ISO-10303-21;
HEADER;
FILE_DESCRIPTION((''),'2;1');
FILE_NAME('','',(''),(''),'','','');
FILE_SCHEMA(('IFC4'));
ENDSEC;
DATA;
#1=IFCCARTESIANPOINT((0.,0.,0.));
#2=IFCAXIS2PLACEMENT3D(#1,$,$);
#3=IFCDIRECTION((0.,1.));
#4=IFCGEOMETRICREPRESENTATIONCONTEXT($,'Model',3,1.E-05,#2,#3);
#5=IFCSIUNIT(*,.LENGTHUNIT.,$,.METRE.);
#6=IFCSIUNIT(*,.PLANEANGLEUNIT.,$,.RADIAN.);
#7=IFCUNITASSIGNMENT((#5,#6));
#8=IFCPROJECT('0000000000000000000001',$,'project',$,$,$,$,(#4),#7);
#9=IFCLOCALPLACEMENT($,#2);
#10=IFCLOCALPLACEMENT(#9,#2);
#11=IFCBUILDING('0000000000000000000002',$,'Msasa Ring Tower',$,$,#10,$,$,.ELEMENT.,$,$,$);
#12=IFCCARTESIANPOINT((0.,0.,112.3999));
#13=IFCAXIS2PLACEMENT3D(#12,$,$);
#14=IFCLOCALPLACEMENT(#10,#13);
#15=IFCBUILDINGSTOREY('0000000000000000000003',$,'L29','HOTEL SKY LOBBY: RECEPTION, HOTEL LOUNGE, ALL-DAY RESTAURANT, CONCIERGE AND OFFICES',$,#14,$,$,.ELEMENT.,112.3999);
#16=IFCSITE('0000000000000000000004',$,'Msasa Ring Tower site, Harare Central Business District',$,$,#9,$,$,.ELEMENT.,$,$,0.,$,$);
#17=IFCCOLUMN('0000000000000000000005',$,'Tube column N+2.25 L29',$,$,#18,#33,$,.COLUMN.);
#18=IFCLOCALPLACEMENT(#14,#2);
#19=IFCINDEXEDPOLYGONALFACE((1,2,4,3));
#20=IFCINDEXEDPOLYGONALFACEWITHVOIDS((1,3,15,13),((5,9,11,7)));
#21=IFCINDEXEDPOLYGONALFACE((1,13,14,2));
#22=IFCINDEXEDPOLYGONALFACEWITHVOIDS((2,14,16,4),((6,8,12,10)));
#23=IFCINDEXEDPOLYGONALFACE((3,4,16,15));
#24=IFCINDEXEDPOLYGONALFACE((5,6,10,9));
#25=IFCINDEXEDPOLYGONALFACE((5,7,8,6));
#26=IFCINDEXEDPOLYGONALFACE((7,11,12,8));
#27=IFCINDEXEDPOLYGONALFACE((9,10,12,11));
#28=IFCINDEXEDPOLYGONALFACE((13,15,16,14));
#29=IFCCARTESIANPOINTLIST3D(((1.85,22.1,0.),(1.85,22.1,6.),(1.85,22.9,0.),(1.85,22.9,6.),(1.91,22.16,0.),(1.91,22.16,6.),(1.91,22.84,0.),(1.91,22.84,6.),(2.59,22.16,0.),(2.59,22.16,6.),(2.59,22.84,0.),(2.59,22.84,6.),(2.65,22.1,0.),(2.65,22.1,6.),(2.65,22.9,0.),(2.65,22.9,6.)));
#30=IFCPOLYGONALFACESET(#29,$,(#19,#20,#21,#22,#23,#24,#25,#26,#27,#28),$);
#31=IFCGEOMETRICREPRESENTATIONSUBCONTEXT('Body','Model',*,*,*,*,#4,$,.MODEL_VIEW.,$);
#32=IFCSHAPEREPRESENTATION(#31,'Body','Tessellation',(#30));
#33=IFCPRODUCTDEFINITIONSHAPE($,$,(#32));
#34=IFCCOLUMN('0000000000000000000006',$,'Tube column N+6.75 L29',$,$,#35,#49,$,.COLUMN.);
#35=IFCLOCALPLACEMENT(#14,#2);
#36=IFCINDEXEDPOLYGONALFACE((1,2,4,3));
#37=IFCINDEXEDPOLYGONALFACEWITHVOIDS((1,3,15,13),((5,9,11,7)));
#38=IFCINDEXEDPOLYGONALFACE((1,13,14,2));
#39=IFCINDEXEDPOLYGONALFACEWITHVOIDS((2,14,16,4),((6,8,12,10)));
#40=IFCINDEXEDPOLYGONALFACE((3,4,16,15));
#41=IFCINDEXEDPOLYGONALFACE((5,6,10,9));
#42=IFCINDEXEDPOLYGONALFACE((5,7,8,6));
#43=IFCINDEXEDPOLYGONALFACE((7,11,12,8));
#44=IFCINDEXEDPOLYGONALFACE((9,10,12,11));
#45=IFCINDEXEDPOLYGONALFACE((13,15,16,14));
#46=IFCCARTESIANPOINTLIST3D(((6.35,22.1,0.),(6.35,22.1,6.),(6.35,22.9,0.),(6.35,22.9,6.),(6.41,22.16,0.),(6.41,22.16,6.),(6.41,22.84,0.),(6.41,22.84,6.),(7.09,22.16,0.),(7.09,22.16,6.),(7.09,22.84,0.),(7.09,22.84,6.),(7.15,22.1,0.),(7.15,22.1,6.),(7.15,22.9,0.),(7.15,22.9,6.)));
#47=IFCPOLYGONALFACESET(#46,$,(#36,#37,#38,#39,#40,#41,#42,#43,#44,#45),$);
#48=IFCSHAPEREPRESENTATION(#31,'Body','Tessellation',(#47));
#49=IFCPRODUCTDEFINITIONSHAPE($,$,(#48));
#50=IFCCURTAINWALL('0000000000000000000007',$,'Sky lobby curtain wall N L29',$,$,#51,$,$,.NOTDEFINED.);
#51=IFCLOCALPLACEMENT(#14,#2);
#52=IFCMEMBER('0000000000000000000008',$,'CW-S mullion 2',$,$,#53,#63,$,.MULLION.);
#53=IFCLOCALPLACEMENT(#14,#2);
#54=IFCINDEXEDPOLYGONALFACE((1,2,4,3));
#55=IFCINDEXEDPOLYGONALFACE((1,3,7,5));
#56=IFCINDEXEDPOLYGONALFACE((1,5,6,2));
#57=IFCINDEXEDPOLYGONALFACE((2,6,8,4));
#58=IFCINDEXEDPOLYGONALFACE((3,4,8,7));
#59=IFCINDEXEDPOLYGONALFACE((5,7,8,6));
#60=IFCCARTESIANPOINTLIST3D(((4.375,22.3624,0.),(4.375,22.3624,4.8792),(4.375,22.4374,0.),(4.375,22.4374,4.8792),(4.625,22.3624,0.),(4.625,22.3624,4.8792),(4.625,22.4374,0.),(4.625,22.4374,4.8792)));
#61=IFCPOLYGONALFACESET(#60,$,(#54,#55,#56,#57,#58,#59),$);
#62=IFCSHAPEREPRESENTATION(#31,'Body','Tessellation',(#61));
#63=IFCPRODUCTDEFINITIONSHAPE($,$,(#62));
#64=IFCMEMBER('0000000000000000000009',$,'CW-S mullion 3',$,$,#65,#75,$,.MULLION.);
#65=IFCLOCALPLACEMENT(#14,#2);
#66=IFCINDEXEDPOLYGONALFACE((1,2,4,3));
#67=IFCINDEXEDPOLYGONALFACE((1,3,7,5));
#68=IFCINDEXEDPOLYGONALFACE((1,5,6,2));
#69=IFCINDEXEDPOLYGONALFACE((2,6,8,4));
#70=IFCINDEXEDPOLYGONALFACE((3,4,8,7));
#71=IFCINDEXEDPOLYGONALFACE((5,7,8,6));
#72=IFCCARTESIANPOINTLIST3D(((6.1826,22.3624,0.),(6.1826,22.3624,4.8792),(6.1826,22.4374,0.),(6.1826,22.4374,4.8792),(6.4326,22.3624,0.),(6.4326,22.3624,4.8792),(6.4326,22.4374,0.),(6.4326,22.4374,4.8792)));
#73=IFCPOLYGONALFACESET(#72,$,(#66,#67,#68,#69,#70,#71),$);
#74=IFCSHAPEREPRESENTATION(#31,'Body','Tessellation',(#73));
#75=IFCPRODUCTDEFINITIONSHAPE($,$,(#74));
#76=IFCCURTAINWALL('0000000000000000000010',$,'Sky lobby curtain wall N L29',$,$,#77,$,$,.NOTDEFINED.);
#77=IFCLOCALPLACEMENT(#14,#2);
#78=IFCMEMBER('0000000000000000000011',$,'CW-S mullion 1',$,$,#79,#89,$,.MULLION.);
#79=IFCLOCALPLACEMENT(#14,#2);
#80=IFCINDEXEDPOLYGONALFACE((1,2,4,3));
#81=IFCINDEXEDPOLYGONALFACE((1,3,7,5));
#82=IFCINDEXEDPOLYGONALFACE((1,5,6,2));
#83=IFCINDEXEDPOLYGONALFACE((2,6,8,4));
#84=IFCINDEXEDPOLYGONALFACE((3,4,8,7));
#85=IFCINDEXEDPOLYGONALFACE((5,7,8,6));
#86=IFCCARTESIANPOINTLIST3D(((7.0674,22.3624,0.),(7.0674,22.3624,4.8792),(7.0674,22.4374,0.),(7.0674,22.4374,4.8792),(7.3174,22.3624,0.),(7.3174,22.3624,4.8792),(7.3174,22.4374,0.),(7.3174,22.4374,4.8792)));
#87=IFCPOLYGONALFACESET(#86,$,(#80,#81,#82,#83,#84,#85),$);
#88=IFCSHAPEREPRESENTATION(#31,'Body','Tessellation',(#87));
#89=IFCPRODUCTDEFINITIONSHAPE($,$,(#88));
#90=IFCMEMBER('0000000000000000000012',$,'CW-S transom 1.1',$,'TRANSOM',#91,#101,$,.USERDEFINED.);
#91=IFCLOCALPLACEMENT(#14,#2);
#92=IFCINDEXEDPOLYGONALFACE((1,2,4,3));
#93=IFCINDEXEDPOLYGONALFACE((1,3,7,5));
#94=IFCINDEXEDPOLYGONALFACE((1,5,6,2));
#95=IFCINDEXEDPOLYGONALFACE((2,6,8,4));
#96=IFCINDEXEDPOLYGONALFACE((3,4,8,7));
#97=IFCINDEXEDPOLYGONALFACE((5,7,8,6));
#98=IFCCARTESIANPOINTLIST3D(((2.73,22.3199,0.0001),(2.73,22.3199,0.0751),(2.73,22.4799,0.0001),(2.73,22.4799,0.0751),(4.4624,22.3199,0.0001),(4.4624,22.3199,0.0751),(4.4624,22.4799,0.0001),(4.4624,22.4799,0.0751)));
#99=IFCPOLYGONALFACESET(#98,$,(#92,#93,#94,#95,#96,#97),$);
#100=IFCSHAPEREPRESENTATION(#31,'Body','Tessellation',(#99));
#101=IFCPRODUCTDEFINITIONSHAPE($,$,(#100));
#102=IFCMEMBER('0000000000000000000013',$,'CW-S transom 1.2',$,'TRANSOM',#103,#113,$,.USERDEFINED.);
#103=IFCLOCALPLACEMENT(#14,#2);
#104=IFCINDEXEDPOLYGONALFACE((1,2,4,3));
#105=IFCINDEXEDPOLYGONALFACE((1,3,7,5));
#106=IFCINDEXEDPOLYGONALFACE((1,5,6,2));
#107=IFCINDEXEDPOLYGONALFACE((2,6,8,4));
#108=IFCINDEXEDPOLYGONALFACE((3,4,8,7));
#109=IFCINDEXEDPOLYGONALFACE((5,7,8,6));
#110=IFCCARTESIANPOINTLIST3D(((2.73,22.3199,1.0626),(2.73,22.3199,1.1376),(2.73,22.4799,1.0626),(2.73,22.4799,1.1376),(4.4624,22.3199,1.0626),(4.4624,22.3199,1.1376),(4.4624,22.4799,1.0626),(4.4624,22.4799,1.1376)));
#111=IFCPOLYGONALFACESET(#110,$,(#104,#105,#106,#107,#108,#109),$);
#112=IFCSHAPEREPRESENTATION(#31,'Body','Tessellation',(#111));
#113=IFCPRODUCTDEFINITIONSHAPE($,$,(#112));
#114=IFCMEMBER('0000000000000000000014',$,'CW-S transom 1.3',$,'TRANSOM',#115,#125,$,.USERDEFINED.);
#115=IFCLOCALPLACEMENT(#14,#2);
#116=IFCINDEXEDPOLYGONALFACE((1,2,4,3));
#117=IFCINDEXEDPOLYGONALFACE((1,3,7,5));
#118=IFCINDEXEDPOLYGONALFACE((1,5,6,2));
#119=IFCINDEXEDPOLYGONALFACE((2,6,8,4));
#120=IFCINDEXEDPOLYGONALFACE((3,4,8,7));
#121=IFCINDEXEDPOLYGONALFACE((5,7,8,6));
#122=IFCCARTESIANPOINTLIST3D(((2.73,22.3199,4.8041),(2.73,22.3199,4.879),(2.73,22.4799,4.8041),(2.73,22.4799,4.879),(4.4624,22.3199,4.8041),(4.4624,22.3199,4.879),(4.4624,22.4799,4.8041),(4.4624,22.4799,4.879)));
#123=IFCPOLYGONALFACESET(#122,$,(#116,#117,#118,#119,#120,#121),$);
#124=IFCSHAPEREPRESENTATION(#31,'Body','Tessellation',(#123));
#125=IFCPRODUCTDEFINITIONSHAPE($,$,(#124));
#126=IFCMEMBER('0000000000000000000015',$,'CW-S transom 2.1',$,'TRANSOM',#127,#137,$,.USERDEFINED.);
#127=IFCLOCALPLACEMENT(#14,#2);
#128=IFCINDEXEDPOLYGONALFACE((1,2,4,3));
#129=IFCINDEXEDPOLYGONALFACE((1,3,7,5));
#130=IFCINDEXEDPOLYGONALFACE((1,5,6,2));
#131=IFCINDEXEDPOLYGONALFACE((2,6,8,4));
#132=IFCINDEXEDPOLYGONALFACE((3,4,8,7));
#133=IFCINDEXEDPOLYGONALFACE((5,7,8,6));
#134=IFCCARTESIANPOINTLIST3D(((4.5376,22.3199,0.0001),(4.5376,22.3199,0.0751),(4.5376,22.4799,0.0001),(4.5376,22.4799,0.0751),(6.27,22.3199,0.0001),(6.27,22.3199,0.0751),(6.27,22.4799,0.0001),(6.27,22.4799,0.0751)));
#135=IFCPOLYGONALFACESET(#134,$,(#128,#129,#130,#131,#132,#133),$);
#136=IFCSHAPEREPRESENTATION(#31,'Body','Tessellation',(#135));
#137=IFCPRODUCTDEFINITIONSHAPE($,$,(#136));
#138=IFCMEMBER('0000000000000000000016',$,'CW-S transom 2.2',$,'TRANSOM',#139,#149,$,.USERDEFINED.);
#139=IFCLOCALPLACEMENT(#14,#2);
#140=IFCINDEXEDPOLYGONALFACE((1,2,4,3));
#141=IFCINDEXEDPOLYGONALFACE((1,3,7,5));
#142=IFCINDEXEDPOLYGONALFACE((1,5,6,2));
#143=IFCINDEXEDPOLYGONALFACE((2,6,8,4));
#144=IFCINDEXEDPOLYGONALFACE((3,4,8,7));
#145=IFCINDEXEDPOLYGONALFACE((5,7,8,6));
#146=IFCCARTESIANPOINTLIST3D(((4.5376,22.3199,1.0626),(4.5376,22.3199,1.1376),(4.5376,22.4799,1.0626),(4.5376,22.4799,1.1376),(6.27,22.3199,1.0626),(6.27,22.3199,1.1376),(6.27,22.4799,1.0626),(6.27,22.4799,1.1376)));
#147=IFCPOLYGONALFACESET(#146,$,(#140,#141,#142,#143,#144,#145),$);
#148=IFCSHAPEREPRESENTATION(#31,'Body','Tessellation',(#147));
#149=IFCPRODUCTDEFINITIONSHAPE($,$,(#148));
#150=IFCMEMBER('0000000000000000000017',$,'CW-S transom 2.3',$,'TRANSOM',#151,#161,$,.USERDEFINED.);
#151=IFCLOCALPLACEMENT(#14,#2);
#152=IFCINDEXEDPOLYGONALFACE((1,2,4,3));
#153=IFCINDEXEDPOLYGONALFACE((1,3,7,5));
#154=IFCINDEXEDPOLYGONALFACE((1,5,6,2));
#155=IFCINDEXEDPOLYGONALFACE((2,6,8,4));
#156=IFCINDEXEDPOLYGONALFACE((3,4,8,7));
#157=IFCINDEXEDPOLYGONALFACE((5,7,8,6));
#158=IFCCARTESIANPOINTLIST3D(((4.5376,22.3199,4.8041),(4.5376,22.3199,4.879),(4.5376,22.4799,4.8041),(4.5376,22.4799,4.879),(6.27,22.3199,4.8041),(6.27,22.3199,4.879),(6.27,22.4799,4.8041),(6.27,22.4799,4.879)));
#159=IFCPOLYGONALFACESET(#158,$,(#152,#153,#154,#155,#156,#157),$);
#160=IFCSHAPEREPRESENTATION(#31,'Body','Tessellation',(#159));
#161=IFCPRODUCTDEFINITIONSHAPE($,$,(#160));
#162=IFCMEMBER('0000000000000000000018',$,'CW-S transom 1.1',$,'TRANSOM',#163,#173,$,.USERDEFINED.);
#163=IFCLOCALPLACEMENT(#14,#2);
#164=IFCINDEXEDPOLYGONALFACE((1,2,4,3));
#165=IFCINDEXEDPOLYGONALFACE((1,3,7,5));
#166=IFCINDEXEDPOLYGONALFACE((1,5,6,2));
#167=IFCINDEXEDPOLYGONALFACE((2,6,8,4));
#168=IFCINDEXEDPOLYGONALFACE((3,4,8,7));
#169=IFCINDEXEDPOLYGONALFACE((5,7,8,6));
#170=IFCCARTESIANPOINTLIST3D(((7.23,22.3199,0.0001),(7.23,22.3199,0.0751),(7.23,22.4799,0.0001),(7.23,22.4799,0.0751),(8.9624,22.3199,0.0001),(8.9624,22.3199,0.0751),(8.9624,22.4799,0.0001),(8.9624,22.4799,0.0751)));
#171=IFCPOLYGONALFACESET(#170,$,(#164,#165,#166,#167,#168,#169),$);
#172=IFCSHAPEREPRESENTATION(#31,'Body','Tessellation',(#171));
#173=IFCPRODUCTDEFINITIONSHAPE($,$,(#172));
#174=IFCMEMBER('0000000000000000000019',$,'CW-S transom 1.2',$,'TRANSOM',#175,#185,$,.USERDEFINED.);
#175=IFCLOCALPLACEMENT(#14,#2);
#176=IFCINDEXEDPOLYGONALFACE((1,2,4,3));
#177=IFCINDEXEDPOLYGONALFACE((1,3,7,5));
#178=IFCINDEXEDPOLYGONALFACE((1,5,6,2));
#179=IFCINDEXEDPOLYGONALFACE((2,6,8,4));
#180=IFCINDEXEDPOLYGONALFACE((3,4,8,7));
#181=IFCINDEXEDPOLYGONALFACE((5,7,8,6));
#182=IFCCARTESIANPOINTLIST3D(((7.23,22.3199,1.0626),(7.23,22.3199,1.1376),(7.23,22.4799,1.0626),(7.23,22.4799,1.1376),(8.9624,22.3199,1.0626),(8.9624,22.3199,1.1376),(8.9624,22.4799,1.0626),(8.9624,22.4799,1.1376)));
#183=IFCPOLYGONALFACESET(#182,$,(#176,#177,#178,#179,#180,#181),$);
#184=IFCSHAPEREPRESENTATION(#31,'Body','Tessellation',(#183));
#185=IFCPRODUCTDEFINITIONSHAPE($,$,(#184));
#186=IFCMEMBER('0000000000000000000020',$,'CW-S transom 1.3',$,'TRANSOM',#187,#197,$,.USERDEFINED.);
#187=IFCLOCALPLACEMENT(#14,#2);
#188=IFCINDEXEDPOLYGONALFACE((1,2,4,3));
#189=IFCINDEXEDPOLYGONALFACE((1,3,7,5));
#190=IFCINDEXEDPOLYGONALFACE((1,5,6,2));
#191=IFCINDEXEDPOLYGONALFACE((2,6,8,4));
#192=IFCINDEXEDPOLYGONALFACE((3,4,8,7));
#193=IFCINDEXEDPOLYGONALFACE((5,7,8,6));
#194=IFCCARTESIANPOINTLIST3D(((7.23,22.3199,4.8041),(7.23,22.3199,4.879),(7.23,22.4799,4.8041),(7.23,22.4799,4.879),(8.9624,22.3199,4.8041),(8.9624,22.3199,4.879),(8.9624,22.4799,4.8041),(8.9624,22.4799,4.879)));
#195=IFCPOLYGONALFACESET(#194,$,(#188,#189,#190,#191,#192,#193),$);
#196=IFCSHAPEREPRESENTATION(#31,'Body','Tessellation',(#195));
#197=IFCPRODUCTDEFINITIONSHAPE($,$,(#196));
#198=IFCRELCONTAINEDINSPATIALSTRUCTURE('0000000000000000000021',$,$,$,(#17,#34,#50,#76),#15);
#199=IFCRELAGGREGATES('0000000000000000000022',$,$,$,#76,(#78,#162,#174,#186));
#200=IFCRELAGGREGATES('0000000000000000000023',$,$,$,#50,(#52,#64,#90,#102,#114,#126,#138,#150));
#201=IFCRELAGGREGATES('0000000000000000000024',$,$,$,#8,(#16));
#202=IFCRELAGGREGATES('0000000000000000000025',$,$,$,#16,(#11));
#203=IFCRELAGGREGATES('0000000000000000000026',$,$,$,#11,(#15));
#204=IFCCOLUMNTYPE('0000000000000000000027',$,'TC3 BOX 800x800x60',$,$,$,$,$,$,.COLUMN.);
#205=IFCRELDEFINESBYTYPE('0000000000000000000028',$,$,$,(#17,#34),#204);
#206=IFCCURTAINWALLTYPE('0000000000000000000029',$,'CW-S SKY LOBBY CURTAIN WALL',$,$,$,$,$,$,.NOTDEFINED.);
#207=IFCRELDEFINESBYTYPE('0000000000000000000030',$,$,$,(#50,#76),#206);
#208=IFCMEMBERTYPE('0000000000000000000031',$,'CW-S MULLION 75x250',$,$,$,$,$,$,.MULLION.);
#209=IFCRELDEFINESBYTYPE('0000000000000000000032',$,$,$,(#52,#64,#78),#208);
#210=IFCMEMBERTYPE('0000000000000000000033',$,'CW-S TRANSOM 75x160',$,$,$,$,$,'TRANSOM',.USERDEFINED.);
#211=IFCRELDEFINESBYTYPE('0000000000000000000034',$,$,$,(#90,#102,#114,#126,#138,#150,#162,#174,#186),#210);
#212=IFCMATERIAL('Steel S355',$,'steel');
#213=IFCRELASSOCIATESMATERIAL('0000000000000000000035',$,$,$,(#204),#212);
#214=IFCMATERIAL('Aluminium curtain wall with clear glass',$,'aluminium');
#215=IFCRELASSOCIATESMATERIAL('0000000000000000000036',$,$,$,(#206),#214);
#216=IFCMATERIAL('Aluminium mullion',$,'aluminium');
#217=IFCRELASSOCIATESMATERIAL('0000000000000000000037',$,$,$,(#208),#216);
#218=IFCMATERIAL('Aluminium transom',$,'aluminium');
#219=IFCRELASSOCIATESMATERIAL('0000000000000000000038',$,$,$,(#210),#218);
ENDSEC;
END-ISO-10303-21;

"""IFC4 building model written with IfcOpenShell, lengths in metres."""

from ifc_helpers import new_model, si_unit, direction, frame, origin, origin_2d, place, context, subcontext, project, spatial, rectangle, hollow_rectangle, extrude, material, material_profile, profile_set, type_object, element, aggregate, save


model = new_model("IFC4")

# Units and contexts
model_context = context("Model", 3, precision=1e-05, world=origin(), true_north=direction((0.0, 1.0)))
body_context = subcontext(model_context, "Body", "Model", "MODEL_VIEW")
ifc_project = project(units=[si_unit("LENGTHUNIT", "METRE"), si_unit("PLANEANGLEUNIT", "RADIAN")], contexts=[model_context])

# Site, building, storey
site_placement = place(None, origin())
site = spatial("IfcSite", under=ifc_project, at=site_placement, Name="Msasa Ring Tower site, Harare Central Business District", CompositionType="ELEMENT", RefElevation=0.0)
building_placement = place(site_placement, origin())
building = spatial("IfcBuilding", under=site, at=building_placement, Name="Msasa Ring Tower", CompositionType="ELEMENT")
storey_placement = place(building_placement, frame((0.0, 0.0, 112.3999)))
storey = spatial("IfcBuildingStorey", under=building, at=storey_placement, Name="L29", Description="HOTEL SKY LOBBY: RECEPTION, HOTEL LOUNGE, ALL-DAY RESTAURANT, CONCIERGE AND OFFICES", CompositionType="ELEMENT", Elevation=112.3999)

# Columns
ifc_material_1 = material(Name="Steel S355", Category="steel")
ifc_material_profile_1 = material_profile(ifc_material_1, hollow_rectangle(XDim=0.8, YDim=0.8, WallThickness=0.0601, at=origin_2d()), Name="BOX 800x800x60")
ifc_profile_set_1 = profile_set([ifc_material_profile_1], Name="Steel S355")
column_type = type_object("IfcColumnType", Name="TC3 BOX 800x800x60", PredefinedType="COLUMN", material=ifc_profile_set_1)
for number, where, z_axis, x_axis, name in (
    (1, (2.25, 22.5, 0.0), (0.0, 0.0, 1.0), (0.0, 1.0, 0.0), "Tube column N+2.25 L29"),
    (2, (6.75, 22.5, 0.0), (0.0, 0.0, 1.0), (0.0, 1.0, 0.0), "Tube column N+6.75 L29"),
):
    element("IfcColumn", number, at=place(storey_placement, frame(where, z_axis=z_axis, x_axis=x_axis)), inside=storey, type_object=column_type, Name=name, PredefinedType="COLUMN", context=body_context, shape_type="SweptSolid", body=[
        extrude(hollow_rectangle(XDim=0.8, YDim=0.8, WallThickness=0.0601, at=origin_2d()), origin(), (0.0, 0.0, 1.0), 6.0),
    ])

# Curtain wall, members
ifc_material_2 = material(Name="Aluminium curtain wall with clear glass", Category="aluminium")
curtain_wall_type = type_object("IfcCurtainWallType", Name="CW-S SKY LOBBY CURTAIN WALL", PredefinedType="NOTDEFINED", material=ifc_material_2)
curtain_wall_1_placement = place(storey_placement, origin())
curtain_wall_1 = element("IfcCurtainWall", 3, at=curtain_wall_1_placement, inside=storey, type_object=curtain_wall_type, Name="Sky lobby curtain wall N L29", PredefinedType="NOTDEFINED")
ifc_material_3 = material(Name="Aluminium mullion", Category="aluminium")
ifc_material_profile_2 = material_profile(ifc_material_3, rectangle(XDim=0.075, YDim=0.25, at=origin_2d()), Name="AL 75x250")
ifc_profile_set_2 = profile_set([ifc_material_profile_2], Name="Aluminium mullion")
member_type_1 = type_object("IfcMemberType", Name="CW-S MULLION 75x250", PredefinedType="MULLION", material=ifc_profile_set_2)
member_1_placement = place(storey_placement, frame((4.5, 22.3999, 0.0), z_axis=(0.0, 0.0, 1.0), x_axis=(0.0, 1.0, 0.0)))
member_1 = element("IfcMember", 4, at=member_1_placement, type_object=member_type_1, Name="CW-S mullion 2", PredefinedType="MULLION", context=body_context, shape_type="SweptSolid", body=[
    extrude(rectangle(XDim=0.075, YDim=0.25, at=origin_2d()), origin(), (0.0, 0.0, 1.0), 4.8792),
])
member_2_placement = place(storey_placement, frame((6.3076, 22.3999, 0.0), z_axis=(0.0, 0.0, 1.0), x_axis=(0.0, 1.0, 0.0)))
member_2 = element("IfcMember", 5, at=member_2_placement, type_object=member_type_1, Name="CW-S mullion 3", PredefinedType="MULLION", context=body_context, shape_type="SweptSolid", body=[
    extrude(rectangle(XDim=0.075, YDim=0.25, at=origin_2d()), origin(), (0.0, 0.0, 1.0), 4.8792),
])

# Curtain wall, member
curtain_wall_2_placement = place(storey_placement, origin())
curtain_wall_2 = element("IfcCurtainWall", 6, at=curtain_wall_2_placement, inside=storey, type_object=curtain_wall_type, Name="Sky lobby curtain wall N L29", PredefinedType="NOTDEFINED")
member_3_placement = place(storey_placement, frame((7.1924, 22.3999, 0.0), z_axis=(0.0, 0.0, 1.0), x_axis=(0.0, 1.0, 0.0)))
member_3 = element("IfcMember", 7, at=member_3_placement, type_object=member_type_1, Name="CW-S mullion 1", PredefinedType="MULLION", context=body_context, shape_type="SweptSolid", body=[
    extrude(rectangle(XDim=0.075, YDim=0.25, at=origin_2d()), origin(), (0.0, 0.0, 1.0), 4.8792),
])

# Members
ifc_material_4 = material(Name="Aluminium transom", Category="aluminium")
ifc_material_profile_3 = material_profile(ifc_material_4, rectangle(XDim=0.1599, YDim=0.075, at=origin_2d()), Name="AL 75x160")
ifc_profile_set_3 = profile_set([ifc_material_profile_3], Name="Aluminium transom")
member_type_2 = type_object("IfcMemberType", Name="CW-S TRANSOM 75x160", ElementType="TRANSOM", PredefinedType="USERDEFINED", material=ifc_profile_set_3)
member_4_placement = place(storey_placement, frame((2.73, 22.3999, 0.0376), z_axis=(1.0, 0.0, 0.0), x_axis=(0.0, 1.0, 0.0)))
member_4 = element("IfcMember", 8, at=member_4_placement, type_object=member_type_2, Name="CW-S transom 1.1", ObjectType="TRANSOM", PredefinedType="USERDEFINED", context=body_context, shape_type="SweptSolid", body=[
    extrude(rectangle(XDim=0.1599, YDim=0.075, at=origin_2d()), origin(), (0.0, 0.0, 1.0), 1.7324),
])
member_5_placement = place(storey_placement, frame((2.73, 22.3999, 1.1001), z_axis=(1.0, 0.0, 0.0), x_axis=(0.0, 1.0, 0.0)))
member_5 = element("IfcMember", 9, at=member_5_placement, type_object=member_type_2, Name="CW-S transom 1.2", ObjectType="TRANSOM", PredefinedType="USERDEFINED", context=body_context, shape_type="SweptSolid", body=[
    extrude(rectangle(XDim=0.1599, YDim=0.075, at=origin_2d()), origin(), (0.0, 0.0, 1.0), 1.7324),
])
member_6_placement = place(storey_placement, frame((2.73, 22.3999, 4.8416), z_axis=(1.0, 0.0, 0.0), x_axis=(0.0, 1.0, 0.0)))
member_6 = element("IfcMember", 10, at=member_6_placement, type_object=member_type_2, Name="CW-S transom 1.3", ObjectType="TRANSOM", PredefinedType="USERDEFINED", context=body_context, shape_type="SweptSolid", body=[
    extrude(rectangle(XDim=0.1599, YDim=0.075, at=origin_2d()), origin(), (0.0, 0.0, 1.0), 1.7324),
])
member_7_placement = place(storey_placement, frame((4.5376, 22.3999, 0.0376), z_axis=(1.0, 0.0, 0.0), x_axis=(0.0, 1.0, 0.0)))
member_7 = element("IfcMember", 11, at=member_7_placement, type_object=member_type_2, Name="CW-S transom 2.1", ObjectType="TRANSOM", PredefinedType="USERDEFINED", context=body_context, shape_type="SweptSolid", body=[
    extrude(rectangle(XDim=0.1599, YDim=0.075, at=origin_2d()), origin(), (0.0, 0.0, 1.0), 1.7324),
])
member_8_placement = place(storey_placement, frame((4.5376, 22.3999, 1.1001), z_axis=(1.0, 0.0, 0.0), x_axis=(0.0, 1.0, 0.0)))
member_8 = element("IfcMember", 12, at=member_8_placement, type_object=member_type_2, Name="CW-S transom 2.2", ObjectType="TRANSOM", PredefinedType="USERDEFINED", context=body_context, shape_type="SweptSolid", body=[
    extrude(rectangle(XDim=0.1599, YDim=0.075, at=origin_2d()), origin(), (0.0, 0.0, 1.0), 1.7324),
])
member_9_placement = place(storey_placement, frame((4.5376, 22.3999, 4.8416), z_axis=(1.0, 0.0, 0.0), x_axis=(0.0, 1.0, 0.0)))
member_9 = element("IfcMember", 13, at=member_9_placement, type_object=member_type_2, Name="CW-S transom 2.3", ObjectType="TRANSOM", PredefinedType="USERDEFINED", context=body_context, shape_type="SweptSolid", body=[
    extrude(rectangle(XDim=0.1599, YDim=0.075, at=origin_2d()), origin(), (0.0, 0.0, 1.0), 1.7324),
])
member_10_placement = place(storey_placement, frame((7.23, 22.3999, 0.0376), z_axis=(1.0, 0.0, 0.0), x_axis=(0.0, 1.0, 0.0)))
member_10 = element("IfcMember", 14, at=member_10_placement, type_object=member_type_2, Name="CW-S transom 1.1", ObjectType="TRANSOM", PredefinedType="USERDEFINED", context=body_context, shape_type="SweptSolid", body=[
    extrude(rectangle(XDim=0.1599, YDim=0.075, at=origin_2d()), origin(), (0.0, 0.0, 1.0), 1.7324),
])
member_11_placement = place(storey_placement, frame((7.23, 22.3999, 1.1001), z_axis=(1.0, 0.0, 0.0), x_axis=(0.0, 1.0, 0.0)))
member_11 = element("IfcMember", 15, at=member_11_placement, type_object=member_type_2, Name="CW-S transom 1.2", ObjectType="TRANSOM", PredefinedType="USERDEFINED", context=body_context, shape_type="SweptSolid", body=[
    extrude(rectangle(XDim=0.1599, YDim=0.075, at=origin_2d()), origin(), (0.0, 0.0, 1.0), 1.7324),
])
member_12_placement = place(storey_placement, frame((7.23, 22.3999, 4.8416), z_axis=(1.0, 0.0, 0.0), x_axis=(0.0, 1.0, 0.0)))
member_12 = element("IfcMember", 16, at=member_12_placement, type_object=member_type_2, Name="CW-S transom 1.3", ObjectType="TRANSOM", PredefinedType="USERDEFINED", context=body_context, shape_type="SweptSolid", body=[
    extrude(rectangle(XDim=0.1599, YDim=0.075, at=origin_2d()), origin(), (0.0, 0.0, 1.0), 1.7324),
])
aggregate(curtain_wall_2, [member_3, member_10, member_11, member_12])

aggregate(curtain_wall_1, [member_1, member_2, member_4, member_5, member_6, member_7, member_8, member_9])

save(model, "model.ifc")
